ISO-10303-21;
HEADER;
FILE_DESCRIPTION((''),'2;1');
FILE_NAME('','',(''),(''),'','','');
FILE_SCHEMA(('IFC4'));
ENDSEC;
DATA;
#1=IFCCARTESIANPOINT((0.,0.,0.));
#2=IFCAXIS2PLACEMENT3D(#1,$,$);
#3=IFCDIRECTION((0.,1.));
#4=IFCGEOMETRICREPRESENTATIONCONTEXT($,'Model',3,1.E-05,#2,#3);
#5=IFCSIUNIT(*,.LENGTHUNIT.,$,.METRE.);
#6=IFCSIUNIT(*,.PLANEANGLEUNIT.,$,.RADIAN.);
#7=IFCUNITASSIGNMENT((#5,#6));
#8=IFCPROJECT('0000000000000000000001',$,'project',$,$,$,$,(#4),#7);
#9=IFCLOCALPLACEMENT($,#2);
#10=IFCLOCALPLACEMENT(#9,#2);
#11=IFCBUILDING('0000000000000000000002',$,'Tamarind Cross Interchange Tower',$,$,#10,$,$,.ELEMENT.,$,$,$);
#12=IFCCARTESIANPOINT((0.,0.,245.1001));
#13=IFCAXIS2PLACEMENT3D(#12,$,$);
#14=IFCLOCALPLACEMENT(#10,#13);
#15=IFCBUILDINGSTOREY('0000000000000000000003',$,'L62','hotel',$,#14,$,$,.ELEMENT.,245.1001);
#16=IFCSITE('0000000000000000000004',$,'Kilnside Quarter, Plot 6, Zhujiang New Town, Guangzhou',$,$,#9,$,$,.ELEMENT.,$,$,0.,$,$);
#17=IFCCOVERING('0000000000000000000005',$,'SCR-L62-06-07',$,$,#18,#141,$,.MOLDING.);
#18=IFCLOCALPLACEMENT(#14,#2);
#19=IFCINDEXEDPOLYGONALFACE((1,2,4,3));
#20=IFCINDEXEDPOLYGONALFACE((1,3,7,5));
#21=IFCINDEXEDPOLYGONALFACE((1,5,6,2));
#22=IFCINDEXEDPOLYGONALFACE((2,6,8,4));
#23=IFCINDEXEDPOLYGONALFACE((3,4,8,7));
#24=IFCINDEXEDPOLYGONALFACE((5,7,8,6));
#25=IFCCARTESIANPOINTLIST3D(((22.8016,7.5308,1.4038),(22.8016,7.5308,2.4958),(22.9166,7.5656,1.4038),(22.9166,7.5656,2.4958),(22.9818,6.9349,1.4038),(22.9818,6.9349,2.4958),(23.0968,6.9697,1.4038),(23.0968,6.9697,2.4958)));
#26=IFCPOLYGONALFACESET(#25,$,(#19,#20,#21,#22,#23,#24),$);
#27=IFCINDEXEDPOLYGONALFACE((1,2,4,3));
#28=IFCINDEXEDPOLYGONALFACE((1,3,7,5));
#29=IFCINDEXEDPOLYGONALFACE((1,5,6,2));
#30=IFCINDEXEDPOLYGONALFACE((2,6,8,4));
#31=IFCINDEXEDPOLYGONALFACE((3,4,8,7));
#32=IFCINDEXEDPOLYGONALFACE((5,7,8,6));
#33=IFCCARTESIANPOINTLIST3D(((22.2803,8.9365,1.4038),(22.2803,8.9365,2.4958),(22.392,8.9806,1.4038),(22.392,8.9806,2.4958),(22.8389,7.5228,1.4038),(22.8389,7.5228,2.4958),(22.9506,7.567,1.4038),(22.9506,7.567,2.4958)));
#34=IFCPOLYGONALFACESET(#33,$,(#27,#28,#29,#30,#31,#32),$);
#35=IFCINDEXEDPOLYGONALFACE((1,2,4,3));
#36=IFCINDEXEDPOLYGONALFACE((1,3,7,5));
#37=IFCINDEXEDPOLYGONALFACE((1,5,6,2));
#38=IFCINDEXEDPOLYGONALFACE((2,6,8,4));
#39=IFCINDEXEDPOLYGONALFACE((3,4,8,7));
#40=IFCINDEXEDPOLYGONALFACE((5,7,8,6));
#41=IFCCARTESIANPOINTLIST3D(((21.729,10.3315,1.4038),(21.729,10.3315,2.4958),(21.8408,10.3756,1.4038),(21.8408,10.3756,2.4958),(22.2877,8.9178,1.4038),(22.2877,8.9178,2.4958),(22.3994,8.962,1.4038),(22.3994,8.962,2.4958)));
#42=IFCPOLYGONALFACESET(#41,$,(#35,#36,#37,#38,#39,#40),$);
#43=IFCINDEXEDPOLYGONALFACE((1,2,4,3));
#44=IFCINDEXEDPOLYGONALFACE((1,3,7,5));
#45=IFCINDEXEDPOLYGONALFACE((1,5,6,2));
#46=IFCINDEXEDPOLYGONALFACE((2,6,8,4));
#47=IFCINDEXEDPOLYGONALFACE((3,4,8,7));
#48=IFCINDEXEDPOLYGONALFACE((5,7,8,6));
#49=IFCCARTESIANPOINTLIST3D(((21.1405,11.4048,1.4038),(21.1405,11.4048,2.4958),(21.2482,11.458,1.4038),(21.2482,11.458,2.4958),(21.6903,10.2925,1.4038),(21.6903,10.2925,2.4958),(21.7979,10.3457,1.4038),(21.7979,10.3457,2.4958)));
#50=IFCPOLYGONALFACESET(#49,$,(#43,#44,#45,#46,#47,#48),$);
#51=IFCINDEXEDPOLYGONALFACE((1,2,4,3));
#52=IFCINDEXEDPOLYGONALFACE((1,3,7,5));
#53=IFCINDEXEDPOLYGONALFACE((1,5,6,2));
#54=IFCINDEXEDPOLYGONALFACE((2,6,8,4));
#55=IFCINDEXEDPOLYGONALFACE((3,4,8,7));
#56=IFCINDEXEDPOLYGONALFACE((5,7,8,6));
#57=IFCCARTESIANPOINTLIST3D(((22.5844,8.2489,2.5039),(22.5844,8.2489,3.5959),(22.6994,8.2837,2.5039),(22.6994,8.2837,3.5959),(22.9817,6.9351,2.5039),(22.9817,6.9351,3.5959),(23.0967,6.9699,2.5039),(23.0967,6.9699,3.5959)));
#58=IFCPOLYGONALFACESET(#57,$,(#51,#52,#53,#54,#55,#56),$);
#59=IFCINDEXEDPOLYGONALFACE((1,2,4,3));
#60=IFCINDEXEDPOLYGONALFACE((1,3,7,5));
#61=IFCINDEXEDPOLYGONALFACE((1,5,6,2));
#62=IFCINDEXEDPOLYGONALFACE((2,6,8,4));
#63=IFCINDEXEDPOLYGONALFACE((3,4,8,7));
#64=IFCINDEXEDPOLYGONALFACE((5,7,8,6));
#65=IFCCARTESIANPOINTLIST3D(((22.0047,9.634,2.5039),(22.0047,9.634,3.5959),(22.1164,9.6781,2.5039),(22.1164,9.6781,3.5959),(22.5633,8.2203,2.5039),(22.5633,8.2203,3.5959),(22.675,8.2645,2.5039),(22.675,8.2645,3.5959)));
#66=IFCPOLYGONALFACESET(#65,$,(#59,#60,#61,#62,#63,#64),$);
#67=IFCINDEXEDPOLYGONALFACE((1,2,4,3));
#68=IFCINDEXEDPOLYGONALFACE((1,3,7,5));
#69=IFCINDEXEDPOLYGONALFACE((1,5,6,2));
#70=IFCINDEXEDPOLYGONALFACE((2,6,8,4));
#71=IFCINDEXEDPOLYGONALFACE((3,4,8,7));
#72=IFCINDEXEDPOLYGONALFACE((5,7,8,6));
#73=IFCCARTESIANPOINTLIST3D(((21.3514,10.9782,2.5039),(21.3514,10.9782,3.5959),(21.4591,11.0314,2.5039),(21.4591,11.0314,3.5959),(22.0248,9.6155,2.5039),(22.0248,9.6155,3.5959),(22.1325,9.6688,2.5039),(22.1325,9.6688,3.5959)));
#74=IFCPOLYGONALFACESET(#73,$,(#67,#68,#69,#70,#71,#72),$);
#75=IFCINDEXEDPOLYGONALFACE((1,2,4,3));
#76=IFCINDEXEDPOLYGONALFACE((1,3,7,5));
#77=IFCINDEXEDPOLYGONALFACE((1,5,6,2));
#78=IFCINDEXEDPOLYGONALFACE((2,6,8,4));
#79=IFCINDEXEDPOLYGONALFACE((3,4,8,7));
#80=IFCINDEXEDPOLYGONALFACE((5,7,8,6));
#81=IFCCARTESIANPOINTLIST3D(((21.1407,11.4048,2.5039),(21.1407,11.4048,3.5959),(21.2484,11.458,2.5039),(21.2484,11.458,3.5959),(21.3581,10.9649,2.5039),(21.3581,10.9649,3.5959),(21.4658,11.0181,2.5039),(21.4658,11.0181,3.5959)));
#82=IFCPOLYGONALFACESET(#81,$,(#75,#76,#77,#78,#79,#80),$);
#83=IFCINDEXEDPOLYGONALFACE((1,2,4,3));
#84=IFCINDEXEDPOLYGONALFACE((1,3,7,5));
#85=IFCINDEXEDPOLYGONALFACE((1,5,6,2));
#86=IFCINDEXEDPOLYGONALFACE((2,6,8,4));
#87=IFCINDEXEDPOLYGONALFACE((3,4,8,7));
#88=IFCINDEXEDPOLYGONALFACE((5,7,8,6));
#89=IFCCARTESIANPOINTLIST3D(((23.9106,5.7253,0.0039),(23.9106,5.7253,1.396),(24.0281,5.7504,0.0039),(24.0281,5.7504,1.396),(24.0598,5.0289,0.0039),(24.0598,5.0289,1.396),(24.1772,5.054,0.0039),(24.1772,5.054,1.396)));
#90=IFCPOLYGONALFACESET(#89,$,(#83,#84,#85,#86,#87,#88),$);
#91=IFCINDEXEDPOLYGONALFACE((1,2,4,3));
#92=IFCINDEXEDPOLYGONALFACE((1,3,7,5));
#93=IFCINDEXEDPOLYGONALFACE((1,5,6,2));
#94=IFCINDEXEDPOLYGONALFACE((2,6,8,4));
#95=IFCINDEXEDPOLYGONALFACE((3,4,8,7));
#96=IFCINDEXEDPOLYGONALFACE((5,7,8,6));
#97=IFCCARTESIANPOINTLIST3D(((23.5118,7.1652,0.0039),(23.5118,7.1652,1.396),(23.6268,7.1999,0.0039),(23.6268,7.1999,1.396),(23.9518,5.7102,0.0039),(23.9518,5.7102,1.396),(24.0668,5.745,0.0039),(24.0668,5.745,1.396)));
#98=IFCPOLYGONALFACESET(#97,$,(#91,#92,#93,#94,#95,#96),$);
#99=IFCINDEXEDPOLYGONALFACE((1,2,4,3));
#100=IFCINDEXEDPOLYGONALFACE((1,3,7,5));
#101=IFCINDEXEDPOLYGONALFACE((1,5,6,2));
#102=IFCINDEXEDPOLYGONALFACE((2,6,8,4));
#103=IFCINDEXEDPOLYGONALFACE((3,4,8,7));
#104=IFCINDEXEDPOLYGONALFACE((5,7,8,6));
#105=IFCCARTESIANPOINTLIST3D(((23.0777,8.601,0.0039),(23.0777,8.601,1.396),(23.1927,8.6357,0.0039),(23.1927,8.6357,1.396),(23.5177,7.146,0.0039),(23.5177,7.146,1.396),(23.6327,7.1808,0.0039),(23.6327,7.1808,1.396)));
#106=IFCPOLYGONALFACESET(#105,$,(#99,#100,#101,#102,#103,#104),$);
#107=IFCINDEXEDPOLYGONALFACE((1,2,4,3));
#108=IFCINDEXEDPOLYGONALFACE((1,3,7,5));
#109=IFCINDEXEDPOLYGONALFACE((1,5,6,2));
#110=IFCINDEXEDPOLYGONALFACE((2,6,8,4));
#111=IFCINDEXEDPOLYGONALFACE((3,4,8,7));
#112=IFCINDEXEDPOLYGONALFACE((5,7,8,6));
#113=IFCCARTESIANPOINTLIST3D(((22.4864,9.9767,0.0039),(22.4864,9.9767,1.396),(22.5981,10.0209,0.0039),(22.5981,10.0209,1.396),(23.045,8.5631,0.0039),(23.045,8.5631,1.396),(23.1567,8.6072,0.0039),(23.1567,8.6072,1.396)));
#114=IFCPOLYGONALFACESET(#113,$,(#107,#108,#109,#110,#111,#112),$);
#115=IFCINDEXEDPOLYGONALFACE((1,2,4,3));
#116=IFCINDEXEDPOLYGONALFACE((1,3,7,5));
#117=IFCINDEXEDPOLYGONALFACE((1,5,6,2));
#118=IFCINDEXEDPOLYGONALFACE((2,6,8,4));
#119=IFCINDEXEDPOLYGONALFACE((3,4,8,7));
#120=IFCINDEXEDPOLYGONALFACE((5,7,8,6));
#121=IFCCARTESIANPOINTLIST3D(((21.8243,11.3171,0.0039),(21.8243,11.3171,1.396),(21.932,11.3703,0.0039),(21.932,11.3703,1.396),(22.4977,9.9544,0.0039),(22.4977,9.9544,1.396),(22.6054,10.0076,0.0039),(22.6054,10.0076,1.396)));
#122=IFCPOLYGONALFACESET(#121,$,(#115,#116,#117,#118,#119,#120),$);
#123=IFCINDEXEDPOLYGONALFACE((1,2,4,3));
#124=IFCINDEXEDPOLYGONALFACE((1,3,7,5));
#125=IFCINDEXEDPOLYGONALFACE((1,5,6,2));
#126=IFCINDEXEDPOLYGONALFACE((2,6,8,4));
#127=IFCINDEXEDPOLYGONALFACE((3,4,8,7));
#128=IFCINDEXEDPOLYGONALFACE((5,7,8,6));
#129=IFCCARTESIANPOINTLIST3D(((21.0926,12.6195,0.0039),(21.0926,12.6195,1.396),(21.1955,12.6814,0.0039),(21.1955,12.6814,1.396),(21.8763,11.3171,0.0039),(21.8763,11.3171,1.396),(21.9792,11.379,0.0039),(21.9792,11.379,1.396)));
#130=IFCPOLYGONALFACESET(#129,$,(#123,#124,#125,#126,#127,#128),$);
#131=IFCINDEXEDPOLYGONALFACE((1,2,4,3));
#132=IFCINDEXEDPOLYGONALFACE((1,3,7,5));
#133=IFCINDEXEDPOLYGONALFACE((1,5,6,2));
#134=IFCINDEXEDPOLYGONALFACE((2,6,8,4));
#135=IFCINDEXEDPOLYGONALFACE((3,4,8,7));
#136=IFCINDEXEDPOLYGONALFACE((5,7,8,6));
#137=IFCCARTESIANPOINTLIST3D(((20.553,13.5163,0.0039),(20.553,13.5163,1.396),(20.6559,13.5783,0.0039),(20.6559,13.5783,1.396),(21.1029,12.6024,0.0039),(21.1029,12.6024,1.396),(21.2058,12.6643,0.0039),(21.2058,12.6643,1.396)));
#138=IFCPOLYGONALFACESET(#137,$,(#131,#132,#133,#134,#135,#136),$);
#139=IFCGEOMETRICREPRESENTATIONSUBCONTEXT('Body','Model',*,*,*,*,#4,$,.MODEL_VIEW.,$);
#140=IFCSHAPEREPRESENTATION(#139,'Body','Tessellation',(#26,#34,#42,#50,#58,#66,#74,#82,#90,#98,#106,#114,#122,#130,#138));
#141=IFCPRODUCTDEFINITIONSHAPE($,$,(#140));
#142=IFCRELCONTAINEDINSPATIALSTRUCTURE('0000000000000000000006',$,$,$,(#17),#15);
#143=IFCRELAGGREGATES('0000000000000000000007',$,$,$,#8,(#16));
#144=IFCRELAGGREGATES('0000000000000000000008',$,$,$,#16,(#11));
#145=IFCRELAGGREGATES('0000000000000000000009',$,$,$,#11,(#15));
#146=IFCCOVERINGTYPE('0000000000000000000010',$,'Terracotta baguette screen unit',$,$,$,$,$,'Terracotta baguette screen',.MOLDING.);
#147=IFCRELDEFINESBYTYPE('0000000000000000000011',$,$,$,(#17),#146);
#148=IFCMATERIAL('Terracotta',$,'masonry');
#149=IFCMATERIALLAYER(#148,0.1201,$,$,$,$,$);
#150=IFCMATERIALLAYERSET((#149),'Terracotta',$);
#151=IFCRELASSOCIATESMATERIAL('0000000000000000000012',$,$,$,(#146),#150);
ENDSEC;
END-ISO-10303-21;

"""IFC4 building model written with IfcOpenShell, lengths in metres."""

from ifc_helpers import new_model, si_unit, direction, frame, origin, origin_2d, place, context, subcontext, project, spatial, rectangle, extrude, material, layer, layer_set, type_object, element, save


model = new_model("IFC4")

# Units and contexts
model_context = context("Model", 3, precision=1e-05, world=origin(), true_north=direction((0.0, 1.0)))
body_context = subcontext(model_context, "Body", "Model", "MODEL_VIEW")
ifc_project = project(units=[si_unit("LENGTHUNIT", "METRE"), si_unit("PLANEANGLEUNIT", "RADIAN")], contexts=[model_context])

# Site, building, storey
site_placement = place(None, origin())
site = spatial("IfcSite", under=ifc_project, at=site_placement, Name="Kilnside Quarter, Plot 6, Zhujiang New Town, Guangzhou", CompositionType="ELEMENT", RefElevation=0.0)
building_placement = place(site_placement, origin())
building = spatial("IfcBuilding", under=site, at=building_placement, Name="Tamarind Cross Interchange Tower", CompositionType="ELEMENT")
storey_placement = place(building_placement, frame((0.0, 0.0, 245.1001)))
storey = spatial("IfcBuildingStorey", under=building, at=storey_placement, Name="L62", Description="hotel", CompositionType="ELEMENT", Elevation=245.1001)

# Covering
ifc_material_1 = material(Name="Terracotta", Category="masonry")
ifc_layer_1 = layer(ifc_material_1, 0.1201)
ifc_layer_set_1 = layer_set([ifc_layer_1], Name="Terracotta")
covering_type = type_object("IfcCoveringType", Name="Terracotta baguette screen unit", ElementType="Terracotta baguette screen", PredefinedType="MOLDING", material=ifc_layer_set_1)
covering_1_placement = place(storey_placement, origin())
element("IfcCovering", 1, at=covering_1_placement, inside=storey, type_object=covering_type, Name="SCR-L62-06-07", PredefinedType="MOLDING", context=body_context, shape_type="SweptSolid", body=[
    extrude(rectangle(XDim=0.6226, YDim=0.1201, at=origin_2d()), frame((22.9492, 7.2502, 1.4038), z_axis=(0.0, 0.0, 1.0), x_axis=(-0.289458, 0.957191, 0.0)), (0.0, 0.0, 1.0), 1.092),
    extrude(rectangle(XDim=1.52, YDim=0.1201, at=origin_2d()), frame((22.6155, 8.2517, 1.4038), z_axis=(0.0, 0.0, 1.0), x_axis=(-0.367514, 0.930018, 0.0)), (0.0, 0.0, 1.0), 1.092),
    extrude(rectangle(XDim=1.52, YDim=0.1201, at=origin_2d()), frame((22.0642, 9.6467, 1.4038), z_axis=(0.0, 0.0, 1.0), x_axis=(-0.367514, 0.930018, 0.0)), (0.0, 0.0, 1.0), 1.092),
    extrude(rectangle(XDim=1.2407, YDim=0.1201, at=origin_2d()), frame((21.4692, 10.8752, 1.4038), z_axis=(0.0, 0.0, 1.0), x_axis=(-0.443059, 0.896493, 0.0)), (0.0, 0.0, 1.0), 1.092),
    extrude(rectangle(XDim=1.3726, YDim=0.1201, at=origin_2d()), frame((22.8406, 7.6094, 2.5039), z_axis=(0.0, 0.0, 1.0), x_axis=(-0.289458, 0.957191, 0.0)), (0.0, 0.0, 1.0), 1.092),
    extrude(rectangle(XDim=1.52, YDim=0.1201, at=origin_2d()), frame((22.3398, 8.9492, 2.5039), z_axis=(0.0, 0.0, 1.0), x_axis=(-0.367514, 0.930018, 0.0)), (0.0, 0.0, 1.0), 1.092),
    extrude(rectangle(XDim=1.52, YDim=0.1201, at=origin_2d()), frame((21.7419, 10.3235, 2.5039), z_axis=(0.0, 0.0, 1.0), x_axis=(-0.443059, 0.896493, 0.0)), (0.0, 0.0, 1.0), 1.092),
    extrude(rectangle(XDim=0.4907, YDim=0.1201, at=origin_2d()), frame((21.3032, 11.2114, 2.5039), z_axis=(0.0, 0.0, 1.0), x_axis=(-0.443059, 0.896493, 0.0)), (0.0, 0.0, 1.0), 1.092),
    extrude(rectangle(XDim=0.7122, YDim=0.1201, at=origin_2d()), frame((24.0439, 5.3896, 0.0039), z_axis=(0.0, 0.0, 1.0), x_axis=(-0.209425, 0.977825, 0.0)), (0.0, 0.0, 1.0), 1.3921),
    extrude(rectangle(XDim=1.52, YDim=0.1201, at=origin_2d()), frame((23.7893, 6.4551, 0.0039), z_axis=(0.0, 0.0, 1.0), x_axis=(-0.289458, 0.957191, 0.0)), (0.0, 0.0, 1.0), 1.3921),
    extrude(rectangle(XDim=1.52, YDim=0.1201, at=origin_2d()), frame((23.3552, 7.8909, 0.0039), z_axis=(0.0, 0.0, 1.0), x_axis=(-0.289458, 0.957191, 0.0)), (0.0, 0.0, 1.0), 1.3921),
    extrude(rectangle(XDim=1.52, YDim=0.1201, at=origin_2d()), frame((22.8215, 9.292, 0.0039), z_axis=(0.0, 0.0, 1.0), x_axis=(-0.367514, 0.930018, 0.0)), (0.0, 0.0, 1.0), 1.3921),
    extrude(rectangle(XDim=1.52, YDim=0.1201, at=origin_2d()), frame((22.2148, 10.6624, 0.0039), z_axis=(0.0, 0.0, 1.0), x_axis=(-0.443059, 0.896493, 0.0)), (0.0, 0.0, 1.0), 1.3921),
    extrude(rectangle(XDim=1.52, YDim=0.1201, at=origin_2d()), frame((21.5359, 11.9993, 0.0039), z_axis=(0.0, 0.0, 1.0), x_axis=(-0.515577, 0.856843, 0.0)), (0.0, 0.0, 1.0), 1.3921),
    extrude(rectangle(XDim=1.0667, YDim=0.1201, at=origin_2d()), frame((20.8794, 13.0903, 0.0039), z_axis=(0.0, 0.0, 1.0), x_axis=(-0.515577, 0.856843, 0.0)), (0.0, 0.0, 1.0), 1.3921),
])

save(model, "model.ifc")
